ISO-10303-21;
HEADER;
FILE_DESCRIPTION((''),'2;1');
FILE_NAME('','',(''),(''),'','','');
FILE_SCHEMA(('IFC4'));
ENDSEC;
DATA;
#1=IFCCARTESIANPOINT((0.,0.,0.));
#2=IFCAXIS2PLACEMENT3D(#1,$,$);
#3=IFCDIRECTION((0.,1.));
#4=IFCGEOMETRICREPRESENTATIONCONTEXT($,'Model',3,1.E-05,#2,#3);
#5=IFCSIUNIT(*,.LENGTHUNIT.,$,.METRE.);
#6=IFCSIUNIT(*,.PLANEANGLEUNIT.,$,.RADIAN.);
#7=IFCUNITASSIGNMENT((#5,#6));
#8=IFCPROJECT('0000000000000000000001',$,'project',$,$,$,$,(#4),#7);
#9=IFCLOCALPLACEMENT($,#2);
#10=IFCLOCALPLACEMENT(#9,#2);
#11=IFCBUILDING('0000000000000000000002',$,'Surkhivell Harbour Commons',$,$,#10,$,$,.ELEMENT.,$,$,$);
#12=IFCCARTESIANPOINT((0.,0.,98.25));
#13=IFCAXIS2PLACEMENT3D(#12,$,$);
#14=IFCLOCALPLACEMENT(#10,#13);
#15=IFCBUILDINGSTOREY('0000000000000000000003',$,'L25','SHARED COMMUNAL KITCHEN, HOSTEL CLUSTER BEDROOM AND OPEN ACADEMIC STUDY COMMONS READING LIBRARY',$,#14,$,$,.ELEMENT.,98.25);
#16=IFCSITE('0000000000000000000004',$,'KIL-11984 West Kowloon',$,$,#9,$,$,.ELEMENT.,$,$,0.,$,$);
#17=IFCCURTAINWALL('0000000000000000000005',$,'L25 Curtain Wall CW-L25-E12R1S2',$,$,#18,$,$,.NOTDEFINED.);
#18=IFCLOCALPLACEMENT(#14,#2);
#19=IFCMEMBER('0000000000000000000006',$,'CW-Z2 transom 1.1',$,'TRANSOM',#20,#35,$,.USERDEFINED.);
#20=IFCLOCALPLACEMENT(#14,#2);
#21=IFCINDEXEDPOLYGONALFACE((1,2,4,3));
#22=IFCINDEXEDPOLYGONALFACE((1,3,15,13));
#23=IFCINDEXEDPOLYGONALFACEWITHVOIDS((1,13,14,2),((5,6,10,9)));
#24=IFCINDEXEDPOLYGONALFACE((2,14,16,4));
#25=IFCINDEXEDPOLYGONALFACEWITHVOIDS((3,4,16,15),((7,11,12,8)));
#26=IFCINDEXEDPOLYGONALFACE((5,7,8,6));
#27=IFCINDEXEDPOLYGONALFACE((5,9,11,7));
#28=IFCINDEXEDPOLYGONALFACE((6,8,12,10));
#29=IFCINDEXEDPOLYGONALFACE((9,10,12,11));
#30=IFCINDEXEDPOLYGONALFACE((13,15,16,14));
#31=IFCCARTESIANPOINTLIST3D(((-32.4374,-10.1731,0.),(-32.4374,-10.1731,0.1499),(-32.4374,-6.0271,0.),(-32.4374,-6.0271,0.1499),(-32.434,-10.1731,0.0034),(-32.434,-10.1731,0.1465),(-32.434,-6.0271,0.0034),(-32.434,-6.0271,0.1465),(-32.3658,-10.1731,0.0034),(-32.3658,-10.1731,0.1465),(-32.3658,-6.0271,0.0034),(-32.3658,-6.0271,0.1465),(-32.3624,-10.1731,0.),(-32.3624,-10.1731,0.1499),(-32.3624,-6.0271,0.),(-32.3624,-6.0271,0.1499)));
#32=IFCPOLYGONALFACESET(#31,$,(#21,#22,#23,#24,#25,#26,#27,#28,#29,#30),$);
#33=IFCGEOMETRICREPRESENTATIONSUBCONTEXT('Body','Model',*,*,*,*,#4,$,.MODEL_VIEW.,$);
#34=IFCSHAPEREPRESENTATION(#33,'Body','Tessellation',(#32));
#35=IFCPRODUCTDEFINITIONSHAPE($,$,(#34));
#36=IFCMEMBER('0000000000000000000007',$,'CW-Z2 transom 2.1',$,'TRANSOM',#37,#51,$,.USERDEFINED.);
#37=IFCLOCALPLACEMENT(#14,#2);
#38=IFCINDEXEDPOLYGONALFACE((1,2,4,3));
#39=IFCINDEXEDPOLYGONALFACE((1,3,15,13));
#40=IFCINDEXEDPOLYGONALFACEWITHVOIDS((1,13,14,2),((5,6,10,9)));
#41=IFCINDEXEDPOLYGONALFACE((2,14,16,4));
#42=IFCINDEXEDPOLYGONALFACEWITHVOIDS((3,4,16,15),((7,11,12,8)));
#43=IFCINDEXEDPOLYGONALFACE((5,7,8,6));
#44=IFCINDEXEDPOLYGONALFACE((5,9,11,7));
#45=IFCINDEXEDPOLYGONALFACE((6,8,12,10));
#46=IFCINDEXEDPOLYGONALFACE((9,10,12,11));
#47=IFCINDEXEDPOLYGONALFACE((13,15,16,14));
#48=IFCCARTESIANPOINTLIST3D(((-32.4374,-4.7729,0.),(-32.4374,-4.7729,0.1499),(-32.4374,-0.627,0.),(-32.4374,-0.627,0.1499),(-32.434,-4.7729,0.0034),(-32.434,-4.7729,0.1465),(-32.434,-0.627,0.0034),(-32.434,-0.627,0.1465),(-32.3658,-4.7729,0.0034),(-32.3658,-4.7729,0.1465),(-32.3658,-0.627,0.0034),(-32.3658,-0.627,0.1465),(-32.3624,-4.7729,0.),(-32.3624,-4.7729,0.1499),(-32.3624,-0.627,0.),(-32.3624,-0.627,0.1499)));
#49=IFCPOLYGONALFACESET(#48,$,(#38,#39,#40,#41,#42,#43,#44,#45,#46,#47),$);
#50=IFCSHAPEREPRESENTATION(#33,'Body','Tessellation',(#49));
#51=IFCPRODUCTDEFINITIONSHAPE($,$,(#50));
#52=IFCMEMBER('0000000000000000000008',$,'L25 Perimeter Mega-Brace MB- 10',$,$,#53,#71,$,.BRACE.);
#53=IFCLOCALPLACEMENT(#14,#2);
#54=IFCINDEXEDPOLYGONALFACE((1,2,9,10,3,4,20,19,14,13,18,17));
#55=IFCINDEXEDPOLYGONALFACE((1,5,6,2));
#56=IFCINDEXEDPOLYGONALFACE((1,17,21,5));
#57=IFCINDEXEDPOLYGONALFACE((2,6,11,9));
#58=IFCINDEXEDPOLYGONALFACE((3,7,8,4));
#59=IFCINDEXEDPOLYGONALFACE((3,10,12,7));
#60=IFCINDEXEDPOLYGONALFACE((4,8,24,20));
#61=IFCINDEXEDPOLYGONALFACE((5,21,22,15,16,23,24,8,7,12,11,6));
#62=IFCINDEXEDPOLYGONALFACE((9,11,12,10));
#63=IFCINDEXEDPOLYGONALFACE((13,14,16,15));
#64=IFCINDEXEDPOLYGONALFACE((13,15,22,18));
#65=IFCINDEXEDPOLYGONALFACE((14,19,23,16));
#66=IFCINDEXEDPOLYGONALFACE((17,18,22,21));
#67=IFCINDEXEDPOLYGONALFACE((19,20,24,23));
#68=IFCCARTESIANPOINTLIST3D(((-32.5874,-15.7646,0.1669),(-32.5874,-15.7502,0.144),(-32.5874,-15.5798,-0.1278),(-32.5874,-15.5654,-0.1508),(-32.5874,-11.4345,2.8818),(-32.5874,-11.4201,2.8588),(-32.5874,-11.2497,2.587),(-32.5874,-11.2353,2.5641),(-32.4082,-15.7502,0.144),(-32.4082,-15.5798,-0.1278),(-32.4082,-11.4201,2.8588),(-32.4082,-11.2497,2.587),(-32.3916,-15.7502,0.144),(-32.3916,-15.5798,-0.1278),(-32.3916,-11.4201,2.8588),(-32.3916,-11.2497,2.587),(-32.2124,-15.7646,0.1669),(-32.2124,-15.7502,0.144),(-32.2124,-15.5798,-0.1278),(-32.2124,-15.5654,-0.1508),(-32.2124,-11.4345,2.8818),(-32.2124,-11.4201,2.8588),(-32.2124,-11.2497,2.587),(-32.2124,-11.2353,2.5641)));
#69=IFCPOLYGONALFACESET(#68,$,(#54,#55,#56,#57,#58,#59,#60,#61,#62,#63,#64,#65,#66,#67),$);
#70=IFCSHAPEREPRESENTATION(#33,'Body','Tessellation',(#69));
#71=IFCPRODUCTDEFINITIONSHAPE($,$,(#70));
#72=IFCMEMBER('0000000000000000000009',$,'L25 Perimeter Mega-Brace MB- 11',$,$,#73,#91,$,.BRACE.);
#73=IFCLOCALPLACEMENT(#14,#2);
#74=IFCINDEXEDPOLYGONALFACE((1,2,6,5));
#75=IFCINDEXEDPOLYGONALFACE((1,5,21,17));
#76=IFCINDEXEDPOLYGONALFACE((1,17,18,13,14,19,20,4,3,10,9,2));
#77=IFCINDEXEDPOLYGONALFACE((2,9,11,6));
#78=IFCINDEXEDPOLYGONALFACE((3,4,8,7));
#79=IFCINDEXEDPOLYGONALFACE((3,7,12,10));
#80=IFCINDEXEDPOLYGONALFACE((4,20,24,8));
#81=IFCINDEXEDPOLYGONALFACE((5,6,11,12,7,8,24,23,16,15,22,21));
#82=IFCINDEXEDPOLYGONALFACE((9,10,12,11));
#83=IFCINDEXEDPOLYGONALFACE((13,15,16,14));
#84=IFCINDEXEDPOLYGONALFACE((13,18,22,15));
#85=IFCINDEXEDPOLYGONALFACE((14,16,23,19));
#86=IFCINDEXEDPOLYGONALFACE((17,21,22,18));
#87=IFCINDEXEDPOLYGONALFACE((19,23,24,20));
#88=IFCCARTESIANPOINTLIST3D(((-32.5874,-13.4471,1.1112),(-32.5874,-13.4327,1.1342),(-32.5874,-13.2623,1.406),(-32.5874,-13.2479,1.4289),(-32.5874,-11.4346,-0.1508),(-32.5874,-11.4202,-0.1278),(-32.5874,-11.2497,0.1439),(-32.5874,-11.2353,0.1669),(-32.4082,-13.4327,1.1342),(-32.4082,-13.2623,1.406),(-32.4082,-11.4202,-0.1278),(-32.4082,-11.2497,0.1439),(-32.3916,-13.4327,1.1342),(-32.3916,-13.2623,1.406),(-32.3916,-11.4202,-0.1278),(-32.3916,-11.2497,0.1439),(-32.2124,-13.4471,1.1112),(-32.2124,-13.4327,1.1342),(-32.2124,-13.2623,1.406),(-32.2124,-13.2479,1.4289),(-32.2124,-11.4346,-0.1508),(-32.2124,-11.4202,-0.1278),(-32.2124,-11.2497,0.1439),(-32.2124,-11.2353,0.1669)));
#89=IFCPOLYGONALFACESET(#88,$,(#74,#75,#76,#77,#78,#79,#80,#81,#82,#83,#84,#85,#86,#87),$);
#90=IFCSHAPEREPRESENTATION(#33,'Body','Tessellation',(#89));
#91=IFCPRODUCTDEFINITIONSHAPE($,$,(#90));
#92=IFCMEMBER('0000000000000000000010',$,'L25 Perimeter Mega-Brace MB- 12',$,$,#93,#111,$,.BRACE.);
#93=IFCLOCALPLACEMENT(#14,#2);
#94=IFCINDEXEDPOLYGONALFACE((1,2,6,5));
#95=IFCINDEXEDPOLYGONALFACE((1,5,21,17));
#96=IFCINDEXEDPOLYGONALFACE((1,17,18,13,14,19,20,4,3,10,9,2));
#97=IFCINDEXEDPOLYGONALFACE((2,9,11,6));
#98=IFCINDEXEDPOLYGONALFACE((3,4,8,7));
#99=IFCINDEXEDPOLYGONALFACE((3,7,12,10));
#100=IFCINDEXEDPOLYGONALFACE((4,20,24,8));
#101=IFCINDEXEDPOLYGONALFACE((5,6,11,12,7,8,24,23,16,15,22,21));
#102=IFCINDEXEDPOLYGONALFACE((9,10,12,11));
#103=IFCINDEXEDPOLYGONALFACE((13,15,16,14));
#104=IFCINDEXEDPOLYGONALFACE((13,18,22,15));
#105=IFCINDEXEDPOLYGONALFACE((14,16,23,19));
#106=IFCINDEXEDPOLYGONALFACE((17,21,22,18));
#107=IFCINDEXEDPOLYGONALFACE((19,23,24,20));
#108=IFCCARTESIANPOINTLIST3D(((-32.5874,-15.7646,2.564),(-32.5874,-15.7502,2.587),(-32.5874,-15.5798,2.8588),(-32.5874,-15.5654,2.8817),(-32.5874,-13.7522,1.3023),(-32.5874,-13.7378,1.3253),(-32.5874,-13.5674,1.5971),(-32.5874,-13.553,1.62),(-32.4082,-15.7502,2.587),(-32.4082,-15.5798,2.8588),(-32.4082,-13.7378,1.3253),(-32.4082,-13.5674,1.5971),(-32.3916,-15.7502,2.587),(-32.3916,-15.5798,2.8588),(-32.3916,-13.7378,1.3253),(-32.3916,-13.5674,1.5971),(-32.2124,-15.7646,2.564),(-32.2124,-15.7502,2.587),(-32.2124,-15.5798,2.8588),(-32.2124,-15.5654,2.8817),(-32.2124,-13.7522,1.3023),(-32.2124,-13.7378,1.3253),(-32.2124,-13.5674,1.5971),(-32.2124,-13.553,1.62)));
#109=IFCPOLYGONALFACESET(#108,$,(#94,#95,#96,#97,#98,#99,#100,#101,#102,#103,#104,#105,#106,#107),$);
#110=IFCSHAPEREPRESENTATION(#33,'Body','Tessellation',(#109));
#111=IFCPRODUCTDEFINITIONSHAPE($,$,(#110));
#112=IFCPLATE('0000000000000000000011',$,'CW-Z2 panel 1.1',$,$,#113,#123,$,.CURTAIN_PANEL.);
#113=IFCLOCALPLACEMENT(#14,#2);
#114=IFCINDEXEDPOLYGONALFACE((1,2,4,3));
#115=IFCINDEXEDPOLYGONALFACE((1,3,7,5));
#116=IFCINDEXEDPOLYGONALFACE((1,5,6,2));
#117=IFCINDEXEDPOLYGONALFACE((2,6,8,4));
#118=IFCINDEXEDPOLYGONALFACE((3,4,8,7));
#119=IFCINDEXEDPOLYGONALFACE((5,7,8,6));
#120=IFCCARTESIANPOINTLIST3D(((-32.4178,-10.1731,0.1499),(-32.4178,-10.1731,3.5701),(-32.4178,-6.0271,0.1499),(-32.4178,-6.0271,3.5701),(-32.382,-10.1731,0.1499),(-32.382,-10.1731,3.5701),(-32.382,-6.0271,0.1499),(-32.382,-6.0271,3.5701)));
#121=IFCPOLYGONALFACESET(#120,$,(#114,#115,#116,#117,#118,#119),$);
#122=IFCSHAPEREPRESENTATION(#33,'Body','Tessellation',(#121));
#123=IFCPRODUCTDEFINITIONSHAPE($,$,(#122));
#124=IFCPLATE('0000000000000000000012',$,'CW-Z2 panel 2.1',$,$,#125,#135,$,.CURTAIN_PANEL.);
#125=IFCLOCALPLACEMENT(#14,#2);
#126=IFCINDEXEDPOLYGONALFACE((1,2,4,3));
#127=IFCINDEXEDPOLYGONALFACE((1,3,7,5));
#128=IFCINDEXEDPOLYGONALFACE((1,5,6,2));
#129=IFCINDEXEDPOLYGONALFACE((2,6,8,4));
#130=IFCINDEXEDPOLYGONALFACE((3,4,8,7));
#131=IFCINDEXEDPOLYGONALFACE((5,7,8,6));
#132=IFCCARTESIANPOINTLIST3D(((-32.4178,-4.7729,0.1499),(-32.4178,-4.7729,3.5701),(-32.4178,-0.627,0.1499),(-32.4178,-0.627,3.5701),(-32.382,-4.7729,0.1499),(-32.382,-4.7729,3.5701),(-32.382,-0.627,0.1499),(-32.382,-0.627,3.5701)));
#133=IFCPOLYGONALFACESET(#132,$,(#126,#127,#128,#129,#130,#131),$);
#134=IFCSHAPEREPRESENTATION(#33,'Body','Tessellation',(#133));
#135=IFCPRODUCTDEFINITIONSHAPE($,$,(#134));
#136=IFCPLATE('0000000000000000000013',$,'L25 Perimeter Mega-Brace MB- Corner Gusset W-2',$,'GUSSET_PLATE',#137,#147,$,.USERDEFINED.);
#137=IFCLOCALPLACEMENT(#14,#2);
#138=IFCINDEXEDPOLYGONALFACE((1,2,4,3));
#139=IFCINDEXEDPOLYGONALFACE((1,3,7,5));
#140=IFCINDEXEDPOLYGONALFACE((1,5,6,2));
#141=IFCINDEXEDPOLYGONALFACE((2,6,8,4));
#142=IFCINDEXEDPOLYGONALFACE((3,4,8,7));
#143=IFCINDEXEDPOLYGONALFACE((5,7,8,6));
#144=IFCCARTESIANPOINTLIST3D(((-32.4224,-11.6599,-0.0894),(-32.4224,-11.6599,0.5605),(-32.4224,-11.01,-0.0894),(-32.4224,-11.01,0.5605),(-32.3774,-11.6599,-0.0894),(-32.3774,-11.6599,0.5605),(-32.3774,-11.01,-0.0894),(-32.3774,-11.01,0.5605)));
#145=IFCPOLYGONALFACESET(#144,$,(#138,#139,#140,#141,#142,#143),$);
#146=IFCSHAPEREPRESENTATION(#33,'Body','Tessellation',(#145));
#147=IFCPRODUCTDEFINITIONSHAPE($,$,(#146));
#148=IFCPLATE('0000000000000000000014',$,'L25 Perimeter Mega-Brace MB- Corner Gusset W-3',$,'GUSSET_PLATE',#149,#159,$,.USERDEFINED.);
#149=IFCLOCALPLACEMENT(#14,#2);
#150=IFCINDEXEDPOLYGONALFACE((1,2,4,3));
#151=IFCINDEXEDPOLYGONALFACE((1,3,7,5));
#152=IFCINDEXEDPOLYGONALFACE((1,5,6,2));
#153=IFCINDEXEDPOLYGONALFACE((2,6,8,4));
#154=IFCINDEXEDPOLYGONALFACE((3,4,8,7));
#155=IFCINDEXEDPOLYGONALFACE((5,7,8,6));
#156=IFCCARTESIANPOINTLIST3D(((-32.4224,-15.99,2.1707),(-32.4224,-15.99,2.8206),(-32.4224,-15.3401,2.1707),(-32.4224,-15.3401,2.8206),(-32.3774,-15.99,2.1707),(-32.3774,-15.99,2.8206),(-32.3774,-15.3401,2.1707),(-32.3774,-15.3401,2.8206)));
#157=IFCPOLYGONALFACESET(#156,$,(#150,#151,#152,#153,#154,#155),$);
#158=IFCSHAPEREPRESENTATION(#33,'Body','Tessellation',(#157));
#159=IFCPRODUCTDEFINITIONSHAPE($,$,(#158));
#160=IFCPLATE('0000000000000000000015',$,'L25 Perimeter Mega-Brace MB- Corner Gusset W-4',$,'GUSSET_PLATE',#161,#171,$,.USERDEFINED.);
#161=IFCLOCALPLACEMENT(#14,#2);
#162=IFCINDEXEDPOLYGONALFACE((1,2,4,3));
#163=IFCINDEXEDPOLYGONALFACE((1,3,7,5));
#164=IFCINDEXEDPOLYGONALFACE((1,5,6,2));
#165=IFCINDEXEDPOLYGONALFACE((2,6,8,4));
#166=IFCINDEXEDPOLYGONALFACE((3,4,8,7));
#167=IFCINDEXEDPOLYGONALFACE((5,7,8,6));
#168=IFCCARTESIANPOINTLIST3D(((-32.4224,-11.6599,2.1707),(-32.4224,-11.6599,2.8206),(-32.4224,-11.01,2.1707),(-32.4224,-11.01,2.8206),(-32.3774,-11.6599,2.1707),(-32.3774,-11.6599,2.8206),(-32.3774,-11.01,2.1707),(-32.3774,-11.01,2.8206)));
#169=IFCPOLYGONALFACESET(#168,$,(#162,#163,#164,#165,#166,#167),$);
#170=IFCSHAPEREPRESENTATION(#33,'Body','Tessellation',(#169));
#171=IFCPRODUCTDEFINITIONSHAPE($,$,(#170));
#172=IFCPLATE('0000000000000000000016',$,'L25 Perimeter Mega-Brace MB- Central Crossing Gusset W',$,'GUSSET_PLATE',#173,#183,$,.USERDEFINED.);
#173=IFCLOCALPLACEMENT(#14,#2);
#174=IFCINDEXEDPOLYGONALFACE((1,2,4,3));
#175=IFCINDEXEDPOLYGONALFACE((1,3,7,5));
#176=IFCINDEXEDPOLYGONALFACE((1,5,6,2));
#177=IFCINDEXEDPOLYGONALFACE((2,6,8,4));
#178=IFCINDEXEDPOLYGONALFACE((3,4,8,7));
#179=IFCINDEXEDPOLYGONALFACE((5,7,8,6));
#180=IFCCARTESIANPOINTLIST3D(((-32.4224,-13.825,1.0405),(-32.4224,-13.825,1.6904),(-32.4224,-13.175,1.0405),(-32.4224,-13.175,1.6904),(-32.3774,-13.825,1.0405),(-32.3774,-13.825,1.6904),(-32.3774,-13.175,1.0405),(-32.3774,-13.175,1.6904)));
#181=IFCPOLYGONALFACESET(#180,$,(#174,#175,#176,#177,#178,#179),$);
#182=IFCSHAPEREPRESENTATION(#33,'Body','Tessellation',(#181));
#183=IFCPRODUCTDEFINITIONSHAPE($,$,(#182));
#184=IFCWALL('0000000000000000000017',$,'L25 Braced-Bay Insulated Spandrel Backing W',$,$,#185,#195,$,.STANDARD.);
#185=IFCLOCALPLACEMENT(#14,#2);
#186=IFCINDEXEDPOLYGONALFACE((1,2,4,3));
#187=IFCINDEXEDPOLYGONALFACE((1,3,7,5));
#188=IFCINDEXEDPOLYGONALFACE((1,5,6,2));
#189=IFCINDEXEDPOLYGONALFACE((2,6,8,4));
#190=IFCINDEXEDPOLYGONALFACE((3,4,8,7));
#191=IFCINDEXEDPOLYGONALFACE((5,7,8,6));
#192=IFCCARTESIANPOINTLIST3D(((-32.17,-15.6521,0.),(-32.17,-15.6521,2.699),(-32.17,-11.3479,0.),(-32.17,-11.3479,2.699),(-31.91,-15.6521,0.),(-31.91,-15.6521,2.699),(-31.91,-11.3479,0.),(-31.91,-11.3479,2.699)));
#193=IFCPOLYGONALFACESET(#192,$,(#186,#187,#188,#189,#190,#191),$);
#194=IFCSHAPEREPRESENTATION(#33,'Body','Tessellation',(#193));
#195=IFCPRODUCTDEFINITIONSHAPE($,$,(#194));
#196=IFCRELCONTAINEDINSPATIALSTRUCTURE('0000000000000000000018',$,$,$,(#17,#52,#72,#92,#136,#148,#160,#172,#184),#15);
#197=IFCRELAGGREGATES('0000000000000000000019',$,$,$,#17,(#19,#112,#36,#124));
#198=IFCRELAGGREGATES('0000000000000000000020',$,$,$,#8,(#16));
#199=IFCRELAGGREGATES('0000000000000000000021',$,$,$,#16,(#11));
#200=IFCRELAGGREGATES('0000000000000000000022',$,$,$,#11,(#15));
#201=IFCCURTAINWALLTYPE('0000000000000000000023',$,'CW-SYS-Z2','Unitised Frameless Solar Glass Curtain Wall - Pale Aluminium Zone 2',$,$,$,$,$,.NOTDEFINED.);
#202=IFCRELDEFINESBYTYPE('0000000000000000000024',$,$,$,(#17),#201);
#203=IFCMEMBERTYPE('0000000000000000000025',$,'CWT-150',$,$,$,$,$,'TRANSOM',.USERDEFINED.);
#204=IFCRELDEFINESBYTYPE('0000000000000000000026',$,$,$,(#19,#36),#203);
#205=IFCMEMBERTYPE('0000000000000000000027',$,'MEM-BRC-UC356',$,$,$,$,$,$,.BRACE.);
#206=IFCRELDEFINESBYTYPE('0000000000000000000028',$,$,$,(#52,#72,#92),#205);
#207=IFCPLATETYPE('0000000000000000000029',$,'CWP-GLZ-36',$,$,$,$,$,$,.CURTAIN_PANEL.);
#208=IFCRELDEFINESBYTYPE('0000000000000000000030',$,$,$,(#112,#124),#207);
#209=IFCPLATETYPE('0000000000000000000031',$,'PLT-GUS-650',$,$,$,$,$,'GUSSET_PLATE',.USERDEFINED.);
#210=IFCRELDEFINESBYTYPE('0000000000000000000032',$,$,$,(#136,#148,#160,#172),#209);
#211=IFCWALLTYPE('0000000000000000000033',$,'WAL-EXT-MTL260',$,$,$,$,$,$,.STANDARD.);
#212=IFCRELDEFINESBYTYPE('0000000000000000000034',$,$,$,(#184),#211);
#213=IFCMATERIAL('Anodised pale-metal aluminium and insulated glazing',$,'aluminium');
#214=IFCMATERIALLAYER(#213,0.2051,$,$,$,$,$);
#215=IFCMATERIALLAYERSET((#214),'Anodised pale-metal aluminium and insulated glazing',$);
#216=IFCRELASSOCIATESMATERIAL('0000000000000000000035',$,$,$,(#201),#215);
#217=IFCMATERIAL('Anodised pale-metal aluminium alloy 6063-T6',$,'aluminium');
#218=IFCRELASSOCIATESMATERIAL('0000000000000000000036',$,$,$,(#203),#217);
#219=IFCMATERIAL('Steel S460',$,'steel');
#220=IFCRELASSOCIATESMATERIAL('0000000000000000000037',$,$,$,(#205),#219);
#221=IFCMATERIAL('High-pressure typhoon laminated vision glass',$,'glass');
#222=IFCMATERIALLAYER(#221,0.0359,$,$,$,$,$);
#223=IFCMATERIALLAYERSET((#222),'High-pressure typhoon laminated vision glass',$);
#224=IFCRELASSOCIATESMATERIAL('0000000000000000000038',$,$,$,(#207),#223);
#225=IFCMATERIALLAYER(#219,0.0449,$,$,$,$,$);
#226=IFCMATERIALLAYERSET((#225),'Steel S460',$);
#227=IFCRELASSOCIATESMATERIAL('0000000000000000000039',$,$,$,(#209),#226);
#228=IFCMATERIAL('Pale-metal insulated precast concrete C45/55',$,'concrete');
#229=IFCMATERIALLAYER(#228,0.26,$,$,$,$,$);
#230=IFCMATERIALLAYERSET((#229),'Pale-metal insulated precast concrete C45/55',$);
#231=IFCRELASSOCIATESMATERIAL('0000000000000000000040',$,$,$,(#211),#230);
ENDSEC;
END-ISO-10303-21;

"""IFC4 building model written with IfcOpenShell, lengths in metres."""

from ifc_helpers import new_model, si_unit, direction, frame, frame_2d, origin, origin_2d, place, context, subcontext, project, spatial, rectangle, hollow_rectangle, i_section, extrude, material, layer, layer_set, material_profile, profile_set, type_object, element, aggregate, save


model = new_model("IFC4")

# Units and contexts
model_context = context("Model", 3, precision=1e-05, world=origin(), true_north=direction((0.0, 1.0)))
body_context = subcontext(model_context, "Body", "Model", "MODEL_VIEW")
ifc_project = project(units=[si_unit("LENGTHUNIT", "METRE"), si_unit("PLANEANGLEUNIT", "RADIAN")], contexts=[model_context])

# Site, building, storey
site_placement = place(None, origin())
site = spatial("IfcSite", under=ifc_project, at=site_placement, Name="KIL-11984 West Kowloon", CompositionType="ELEMENT", RefElevation=0.0)
building_placement = place(site_placement, origin())
building = spatial("IfcBuilding", under=site, at=building_placement, Name="Surkhivell Harbour Commons", CompositionType="ELEMENT")
storey_placement = place(building_placement, frame((0.0, 0.0, 98.25)))
storey = spatial("IfcBuildingStorey", under=building, at=storey_placement, Name="L25", Description="SHARED COMMUNAL KITCHEN, HOSTEL CLUSTER BEDROOM AND OPEN ACADEMIC STUDY COMMONS READING LIBRARY", CompositionType="ELEMENT", Elevation=98.25)

# Shared definitions
ifc_material_1 = material(Name="Steel S460", Category="steel")

# Curtain wall, members
ifc_material_2 = material(Name="Anodised pale-metal aluminium and insulated glazing", Category="aluminium")
ifc_layer_1 = layer(ifc_material_2, 0.2051)
ifc_layer_set_1 = layer_set([ifc_layer_1], Name="Anodised pale-metal aluminium and insulated glazing")
curtain_wall_type = type_object("IfcCurtainWallType", Name="CW-SYS-Z2", Description="Unitised Frameless Solar Glass Curtain Wall - Pale Aluminium Zone 2", PredefinedType="NOTDEFINED", material=ifc_layer_set_1)
curtain_wall_placement = place(storey_placement, origin())
curtain_wall = element("IfcCurtainWall", 1, at=curtain_wall_placement, inside=storey, type_object=curtain_wall_type, Name="L25 Curtain Wall CW-L25-E12R1S2", PredefinedType="NOTDEFINED")
ifc_material_3 = material(Name="Anodised pale-metal aluminium alloy 6063-T6", Category="aluminium")
ifc_material_profile_1 = material_profile(ifc_material_3, hollow_rectangle(XDim=0.075, YDim=0.1499, WallThickness=0.0034, at=origin_2d()), Name="ALU-TRAN-75x150")
ifc_profile_set_1 = profile_set([ifc_material_profile_1], Name="Anodised pale-metal aluminium alloy 6063-T6")
member_type_1 = type_object("IfcMemberType", Name="CWT-150", ElementType="TRANSOM", PredefinedType="USERDEFINED", material=ifc_profile_set_1)
member_1_placement = place(storey_placement, frame((-32.3999, -10.1731, 0.075), z_axis=(0.0, 1.0, 0.0), x_axis=(-1.0, 0.0, 0.0)))
member_1 = element("IfcMember", 2, at=member_1_placement, type_object=member_type_1, Name="CW-Z2 transom 1.1", ObjectType="TRANSOM", PredefinedType="USERDEFINED", context=body_context, shape_type="SweptSolid", body=[
    extrude(hollow_rectangle(XDim=0.075, YDim=0.1499, WallThickness=0.0034, at=origin_2d()), origin(), (0.0, 0.0, 1.0), 4.146),
])
member_2_placement = place(storey_placement, frame((-32.3999, -4.7729, 0.075), z_axis=(0.0, 1.0, 0.0), x_axis=(-1.0, 0.0, 0.0)))
member_2 = element("IfcMember", 3, at=member_2_placement, type_object=member_type_1, Name="CW-Z2 transom 2.1", ObjectType="TRANSOM", PredefinedType="USERDEFINED", context=body_context, shape_type="SweptSolid", body=[
    extrude(hollow_rectangle(XDim=0.075, YDim=0.1499, WallThickness=0.0034, at=origin_2d()), origin(), (0.0, 0.0, 1.0), 4.146),
])

# Members
ifc_material_profile_2 = material_profile(ifc_material_1, i_section(OverallWidth=0.375, OverallDepth=0.375, WebThickness=0.0166, FlangeThickness=0.0271, at=origin_2d()), Name="UC356x368x202")
ifc_profile_set_2 = profile_set([ifc_material_profile_2], Name="Steel S460")
member_type_2 = type_object("IfcMemberType", Name="MEM-BRC-UC356", PredefinedType="BRACE", material=ifc_profile_set_2)
member_3_placement = place(storey_placement, frame((-32.3999, -15.665, 0.0081), z_axis=(0.0, 0.847246, 0.531201), x_axis=(-1.0, 0.0, 0.0)))
element("IfcMember", 4, at=member_3_placement, inside=storey, type_object=member_type_2, Name="L25 Perimeter Mega-Brace MB- 10", PredefinedType="BRACE", context=body_context, shape_type="SweptSolid", body=[
    extrude(i_section(OverallWidth=0.375, OverallDepth=0.375, WebThickness=0.0166, FlangeThickness=0.0271, at=origin_2d()), origin(), (0.0, 0.0, 1.0), 5.1108),
])
member_4_placement = place(storey_placement, frame((-32.3999, -11.335, 0.0081), z_axis=(0.0, -0.847206, 0.531264), x_axis=(1.0, 0.0, 0.0)))
element("IfcMember", 5, at=member_4_placement, inside=storey, type_object=member_type_2, Name="L25 Perimeter Mega-Brace MB- 11", PredefinedType="BRACE", context=body_context, shape_type="SweptSolid", body=[
    extrude(i_section(OverallWidth=0.375, OverallDepth=0.375, WebThickness=0.0166, FlangeThickness=0.0271, at=origin_2d()), origin(), (0.0, 0.0, 1.0), 2.3755),
])
member_5_placement = place(storey_placement, frame((-32.3999, -13.6526, 1.4612), z_axis=(0.0, -0.847253, 0.53119), x_axis=(1.0, 0.0, 0.0)))
element("IfcMember", 6, at=member_5_placement, inside=storey, type_object=member_type_2, Name="L25 Perimeter Mega-Brace MB- 12", PredefinedType="BRACE", context=body_context, shape_type="SweptSolid", body=[
    extrude(i_section(OverallWidth=0.375, OverallDepth=0.375, WebThickness=0.0166, FlangeThickness=0.0271, at=origin_2d()), origin(), (0.0, 0.0, 1.0), 2.3752),
])

# Plates
ifc_material_4 = material(Name="High-pressure typhoon laminated vision glass", Category="glass")
ifc_layer_2 = layer(ifc_material_4, 0.0359)
ifc_layer_set_2 = layer_set([ifc_layer_2], Name="High-pressure typhoon laminated vision glass")
plate_type_1 = type_object("IfcPlateType", Name="CWP-GLZ-36", PredefinedType="CURTAIN_PANEL", material=ifc_layer_set_2)
plate_1_placement = place(storey_placement, frame((-32.3999, -10.1731, 0.1499), z_axis=(0.0, 0.0, 1.0), x_axis=(0.0, 1.0, 0.0)))
plate_1 = element("IfcPlate", 7, at=plate_1_placement, type_object=plate_type_1, Name="CW-Z2 panel 1.1", PredefinedType="CURTAIN_PANEL", context=body_context, shape_type="SweptSolid", body=[
    extrude(rectangle(XDim=4.146, YDim=0.0359, at=frame_2d((2.073, 0.0))), origin(), (0.0, 0.0, 1.0), 3.4202),
])
plate_2_placement = place(storey_placement, frame((-32.3999, -4.7729, 0.1499), z_axis=(0.0, 0.0, 1.0), x_axis=(0.0, 1.0, 0.0)))
plate_2 = element("IfcPlate", 8, at=plate_2_placement, type_object=plate_type_1, Name="CW-Z2 panel 2.1", PredefinedType="CURTAIN_PANEL", context=body_context, shape_type="SweptSolid", body=[
    extrude(rectangle(XDim=4.146, YDim=0.0359, at=frame_2d((2.073, 0.0))), origin(), (0.0, 0.0, 1.0), 3.4202),
])
aggregate(curtain_wall, [member_1, plate_1, member_2, plate_2])

# Plates
ifc_layer_3 = layer(ifc_material_1, 0.0449)
ifc_layer_set_3 = layer_set([ifc_layer_3], Name="Steel S460")
plate_type_2 = type_object("IfcPlateType", Name="PLT-GUS-650", ElementType="GUSSET_PLATE", PredefinedType="USERDEFINED", material=ifc_layer_set_3)
for number, where, z_axis, x_axis, name in (
    (9, (-32.3999, -11.335, -0.0894), (0.0, 0.0, 1.0), (0.0, 1.0, 0.0), "L25 Perimeter Mega-Brace MB- Corner Gusset W-2"),
    (10, (-32.3999, -15.665, 2.1707), (0.0, 0.0, 1.0), (0.0, 1.0, 0.0), "L25 Perimeter Mega-Brace MB- Corner Gusset W-3"),
    (11, (-32.3999, -11.335, 2.1707), (0.0, 0.0, 1.0), (0.0, 1.0, 0.0), "L25 Perimeter Mega-Brace MB- Corner Gusset W-4"),
    (12, (-32.3999, -13.5, 1.0405), (0.0, 0.0, 1.0), (0.0, 1.0, 0.0), "L25 Perimeter Mega-Brace MB- Central Crossing Gusset W"),
):
    element("IfcPlate", number, at=place(storey_placement, frame(where, z_axis=z_axis, x_axis=x_axis)), inside=storey, type_object=plate_type_2, Name=name, ObjectType="GUSSET_PLATE", PredefinedType="USERDEFINED", context=body_context, shape_type="SweptSolid", body=[
        extrude(rectangle(XDim=0.6499, YDim=0.0449, at=origin_2d()), origin(), (0.0, 0.0, 1.0), 0.6499),
    ])

# Wall
ifc_material_5 = material(Name="Pale-metal insulated precast concrete C45/55", Category="concrete")
ifc_layer_4 = layer(ifc_material_5, 0.26)
ifc_layer_set_4 = layer_set([ifc_layer_4], Name="Pale-metal insulated precast concrete C45/55")
wall_type_1 = type_object("IfcWallType", Name="WAL-EXT-MTL260", PredefinedType="STANDARD", material=ifc_layer_set_4)
wall_placement = place(storey_placement, frame((-32.04, -15.6521, 0.0), z_axis=(0.0, 0.0, 1.0), x_axis=(0.0, 1.0, 0.0)))
element("IfcWall", 13, at=wall_placement, inside=storey, type_object=wall_type_1, Name="L25 Braced-Bay Insulated Spandrel Backing W", PredefinedType="STANDARD", context=body_context, shape_type="SweptSolid", body=[
    extrude(rectangle(XDim=4.3042, YDim=0.26, at=frame_2d((2.1521, 0.0))), origin(), (0.0, 0.0, 1.0), 2.699),
])

save(model, "model.ifc")
